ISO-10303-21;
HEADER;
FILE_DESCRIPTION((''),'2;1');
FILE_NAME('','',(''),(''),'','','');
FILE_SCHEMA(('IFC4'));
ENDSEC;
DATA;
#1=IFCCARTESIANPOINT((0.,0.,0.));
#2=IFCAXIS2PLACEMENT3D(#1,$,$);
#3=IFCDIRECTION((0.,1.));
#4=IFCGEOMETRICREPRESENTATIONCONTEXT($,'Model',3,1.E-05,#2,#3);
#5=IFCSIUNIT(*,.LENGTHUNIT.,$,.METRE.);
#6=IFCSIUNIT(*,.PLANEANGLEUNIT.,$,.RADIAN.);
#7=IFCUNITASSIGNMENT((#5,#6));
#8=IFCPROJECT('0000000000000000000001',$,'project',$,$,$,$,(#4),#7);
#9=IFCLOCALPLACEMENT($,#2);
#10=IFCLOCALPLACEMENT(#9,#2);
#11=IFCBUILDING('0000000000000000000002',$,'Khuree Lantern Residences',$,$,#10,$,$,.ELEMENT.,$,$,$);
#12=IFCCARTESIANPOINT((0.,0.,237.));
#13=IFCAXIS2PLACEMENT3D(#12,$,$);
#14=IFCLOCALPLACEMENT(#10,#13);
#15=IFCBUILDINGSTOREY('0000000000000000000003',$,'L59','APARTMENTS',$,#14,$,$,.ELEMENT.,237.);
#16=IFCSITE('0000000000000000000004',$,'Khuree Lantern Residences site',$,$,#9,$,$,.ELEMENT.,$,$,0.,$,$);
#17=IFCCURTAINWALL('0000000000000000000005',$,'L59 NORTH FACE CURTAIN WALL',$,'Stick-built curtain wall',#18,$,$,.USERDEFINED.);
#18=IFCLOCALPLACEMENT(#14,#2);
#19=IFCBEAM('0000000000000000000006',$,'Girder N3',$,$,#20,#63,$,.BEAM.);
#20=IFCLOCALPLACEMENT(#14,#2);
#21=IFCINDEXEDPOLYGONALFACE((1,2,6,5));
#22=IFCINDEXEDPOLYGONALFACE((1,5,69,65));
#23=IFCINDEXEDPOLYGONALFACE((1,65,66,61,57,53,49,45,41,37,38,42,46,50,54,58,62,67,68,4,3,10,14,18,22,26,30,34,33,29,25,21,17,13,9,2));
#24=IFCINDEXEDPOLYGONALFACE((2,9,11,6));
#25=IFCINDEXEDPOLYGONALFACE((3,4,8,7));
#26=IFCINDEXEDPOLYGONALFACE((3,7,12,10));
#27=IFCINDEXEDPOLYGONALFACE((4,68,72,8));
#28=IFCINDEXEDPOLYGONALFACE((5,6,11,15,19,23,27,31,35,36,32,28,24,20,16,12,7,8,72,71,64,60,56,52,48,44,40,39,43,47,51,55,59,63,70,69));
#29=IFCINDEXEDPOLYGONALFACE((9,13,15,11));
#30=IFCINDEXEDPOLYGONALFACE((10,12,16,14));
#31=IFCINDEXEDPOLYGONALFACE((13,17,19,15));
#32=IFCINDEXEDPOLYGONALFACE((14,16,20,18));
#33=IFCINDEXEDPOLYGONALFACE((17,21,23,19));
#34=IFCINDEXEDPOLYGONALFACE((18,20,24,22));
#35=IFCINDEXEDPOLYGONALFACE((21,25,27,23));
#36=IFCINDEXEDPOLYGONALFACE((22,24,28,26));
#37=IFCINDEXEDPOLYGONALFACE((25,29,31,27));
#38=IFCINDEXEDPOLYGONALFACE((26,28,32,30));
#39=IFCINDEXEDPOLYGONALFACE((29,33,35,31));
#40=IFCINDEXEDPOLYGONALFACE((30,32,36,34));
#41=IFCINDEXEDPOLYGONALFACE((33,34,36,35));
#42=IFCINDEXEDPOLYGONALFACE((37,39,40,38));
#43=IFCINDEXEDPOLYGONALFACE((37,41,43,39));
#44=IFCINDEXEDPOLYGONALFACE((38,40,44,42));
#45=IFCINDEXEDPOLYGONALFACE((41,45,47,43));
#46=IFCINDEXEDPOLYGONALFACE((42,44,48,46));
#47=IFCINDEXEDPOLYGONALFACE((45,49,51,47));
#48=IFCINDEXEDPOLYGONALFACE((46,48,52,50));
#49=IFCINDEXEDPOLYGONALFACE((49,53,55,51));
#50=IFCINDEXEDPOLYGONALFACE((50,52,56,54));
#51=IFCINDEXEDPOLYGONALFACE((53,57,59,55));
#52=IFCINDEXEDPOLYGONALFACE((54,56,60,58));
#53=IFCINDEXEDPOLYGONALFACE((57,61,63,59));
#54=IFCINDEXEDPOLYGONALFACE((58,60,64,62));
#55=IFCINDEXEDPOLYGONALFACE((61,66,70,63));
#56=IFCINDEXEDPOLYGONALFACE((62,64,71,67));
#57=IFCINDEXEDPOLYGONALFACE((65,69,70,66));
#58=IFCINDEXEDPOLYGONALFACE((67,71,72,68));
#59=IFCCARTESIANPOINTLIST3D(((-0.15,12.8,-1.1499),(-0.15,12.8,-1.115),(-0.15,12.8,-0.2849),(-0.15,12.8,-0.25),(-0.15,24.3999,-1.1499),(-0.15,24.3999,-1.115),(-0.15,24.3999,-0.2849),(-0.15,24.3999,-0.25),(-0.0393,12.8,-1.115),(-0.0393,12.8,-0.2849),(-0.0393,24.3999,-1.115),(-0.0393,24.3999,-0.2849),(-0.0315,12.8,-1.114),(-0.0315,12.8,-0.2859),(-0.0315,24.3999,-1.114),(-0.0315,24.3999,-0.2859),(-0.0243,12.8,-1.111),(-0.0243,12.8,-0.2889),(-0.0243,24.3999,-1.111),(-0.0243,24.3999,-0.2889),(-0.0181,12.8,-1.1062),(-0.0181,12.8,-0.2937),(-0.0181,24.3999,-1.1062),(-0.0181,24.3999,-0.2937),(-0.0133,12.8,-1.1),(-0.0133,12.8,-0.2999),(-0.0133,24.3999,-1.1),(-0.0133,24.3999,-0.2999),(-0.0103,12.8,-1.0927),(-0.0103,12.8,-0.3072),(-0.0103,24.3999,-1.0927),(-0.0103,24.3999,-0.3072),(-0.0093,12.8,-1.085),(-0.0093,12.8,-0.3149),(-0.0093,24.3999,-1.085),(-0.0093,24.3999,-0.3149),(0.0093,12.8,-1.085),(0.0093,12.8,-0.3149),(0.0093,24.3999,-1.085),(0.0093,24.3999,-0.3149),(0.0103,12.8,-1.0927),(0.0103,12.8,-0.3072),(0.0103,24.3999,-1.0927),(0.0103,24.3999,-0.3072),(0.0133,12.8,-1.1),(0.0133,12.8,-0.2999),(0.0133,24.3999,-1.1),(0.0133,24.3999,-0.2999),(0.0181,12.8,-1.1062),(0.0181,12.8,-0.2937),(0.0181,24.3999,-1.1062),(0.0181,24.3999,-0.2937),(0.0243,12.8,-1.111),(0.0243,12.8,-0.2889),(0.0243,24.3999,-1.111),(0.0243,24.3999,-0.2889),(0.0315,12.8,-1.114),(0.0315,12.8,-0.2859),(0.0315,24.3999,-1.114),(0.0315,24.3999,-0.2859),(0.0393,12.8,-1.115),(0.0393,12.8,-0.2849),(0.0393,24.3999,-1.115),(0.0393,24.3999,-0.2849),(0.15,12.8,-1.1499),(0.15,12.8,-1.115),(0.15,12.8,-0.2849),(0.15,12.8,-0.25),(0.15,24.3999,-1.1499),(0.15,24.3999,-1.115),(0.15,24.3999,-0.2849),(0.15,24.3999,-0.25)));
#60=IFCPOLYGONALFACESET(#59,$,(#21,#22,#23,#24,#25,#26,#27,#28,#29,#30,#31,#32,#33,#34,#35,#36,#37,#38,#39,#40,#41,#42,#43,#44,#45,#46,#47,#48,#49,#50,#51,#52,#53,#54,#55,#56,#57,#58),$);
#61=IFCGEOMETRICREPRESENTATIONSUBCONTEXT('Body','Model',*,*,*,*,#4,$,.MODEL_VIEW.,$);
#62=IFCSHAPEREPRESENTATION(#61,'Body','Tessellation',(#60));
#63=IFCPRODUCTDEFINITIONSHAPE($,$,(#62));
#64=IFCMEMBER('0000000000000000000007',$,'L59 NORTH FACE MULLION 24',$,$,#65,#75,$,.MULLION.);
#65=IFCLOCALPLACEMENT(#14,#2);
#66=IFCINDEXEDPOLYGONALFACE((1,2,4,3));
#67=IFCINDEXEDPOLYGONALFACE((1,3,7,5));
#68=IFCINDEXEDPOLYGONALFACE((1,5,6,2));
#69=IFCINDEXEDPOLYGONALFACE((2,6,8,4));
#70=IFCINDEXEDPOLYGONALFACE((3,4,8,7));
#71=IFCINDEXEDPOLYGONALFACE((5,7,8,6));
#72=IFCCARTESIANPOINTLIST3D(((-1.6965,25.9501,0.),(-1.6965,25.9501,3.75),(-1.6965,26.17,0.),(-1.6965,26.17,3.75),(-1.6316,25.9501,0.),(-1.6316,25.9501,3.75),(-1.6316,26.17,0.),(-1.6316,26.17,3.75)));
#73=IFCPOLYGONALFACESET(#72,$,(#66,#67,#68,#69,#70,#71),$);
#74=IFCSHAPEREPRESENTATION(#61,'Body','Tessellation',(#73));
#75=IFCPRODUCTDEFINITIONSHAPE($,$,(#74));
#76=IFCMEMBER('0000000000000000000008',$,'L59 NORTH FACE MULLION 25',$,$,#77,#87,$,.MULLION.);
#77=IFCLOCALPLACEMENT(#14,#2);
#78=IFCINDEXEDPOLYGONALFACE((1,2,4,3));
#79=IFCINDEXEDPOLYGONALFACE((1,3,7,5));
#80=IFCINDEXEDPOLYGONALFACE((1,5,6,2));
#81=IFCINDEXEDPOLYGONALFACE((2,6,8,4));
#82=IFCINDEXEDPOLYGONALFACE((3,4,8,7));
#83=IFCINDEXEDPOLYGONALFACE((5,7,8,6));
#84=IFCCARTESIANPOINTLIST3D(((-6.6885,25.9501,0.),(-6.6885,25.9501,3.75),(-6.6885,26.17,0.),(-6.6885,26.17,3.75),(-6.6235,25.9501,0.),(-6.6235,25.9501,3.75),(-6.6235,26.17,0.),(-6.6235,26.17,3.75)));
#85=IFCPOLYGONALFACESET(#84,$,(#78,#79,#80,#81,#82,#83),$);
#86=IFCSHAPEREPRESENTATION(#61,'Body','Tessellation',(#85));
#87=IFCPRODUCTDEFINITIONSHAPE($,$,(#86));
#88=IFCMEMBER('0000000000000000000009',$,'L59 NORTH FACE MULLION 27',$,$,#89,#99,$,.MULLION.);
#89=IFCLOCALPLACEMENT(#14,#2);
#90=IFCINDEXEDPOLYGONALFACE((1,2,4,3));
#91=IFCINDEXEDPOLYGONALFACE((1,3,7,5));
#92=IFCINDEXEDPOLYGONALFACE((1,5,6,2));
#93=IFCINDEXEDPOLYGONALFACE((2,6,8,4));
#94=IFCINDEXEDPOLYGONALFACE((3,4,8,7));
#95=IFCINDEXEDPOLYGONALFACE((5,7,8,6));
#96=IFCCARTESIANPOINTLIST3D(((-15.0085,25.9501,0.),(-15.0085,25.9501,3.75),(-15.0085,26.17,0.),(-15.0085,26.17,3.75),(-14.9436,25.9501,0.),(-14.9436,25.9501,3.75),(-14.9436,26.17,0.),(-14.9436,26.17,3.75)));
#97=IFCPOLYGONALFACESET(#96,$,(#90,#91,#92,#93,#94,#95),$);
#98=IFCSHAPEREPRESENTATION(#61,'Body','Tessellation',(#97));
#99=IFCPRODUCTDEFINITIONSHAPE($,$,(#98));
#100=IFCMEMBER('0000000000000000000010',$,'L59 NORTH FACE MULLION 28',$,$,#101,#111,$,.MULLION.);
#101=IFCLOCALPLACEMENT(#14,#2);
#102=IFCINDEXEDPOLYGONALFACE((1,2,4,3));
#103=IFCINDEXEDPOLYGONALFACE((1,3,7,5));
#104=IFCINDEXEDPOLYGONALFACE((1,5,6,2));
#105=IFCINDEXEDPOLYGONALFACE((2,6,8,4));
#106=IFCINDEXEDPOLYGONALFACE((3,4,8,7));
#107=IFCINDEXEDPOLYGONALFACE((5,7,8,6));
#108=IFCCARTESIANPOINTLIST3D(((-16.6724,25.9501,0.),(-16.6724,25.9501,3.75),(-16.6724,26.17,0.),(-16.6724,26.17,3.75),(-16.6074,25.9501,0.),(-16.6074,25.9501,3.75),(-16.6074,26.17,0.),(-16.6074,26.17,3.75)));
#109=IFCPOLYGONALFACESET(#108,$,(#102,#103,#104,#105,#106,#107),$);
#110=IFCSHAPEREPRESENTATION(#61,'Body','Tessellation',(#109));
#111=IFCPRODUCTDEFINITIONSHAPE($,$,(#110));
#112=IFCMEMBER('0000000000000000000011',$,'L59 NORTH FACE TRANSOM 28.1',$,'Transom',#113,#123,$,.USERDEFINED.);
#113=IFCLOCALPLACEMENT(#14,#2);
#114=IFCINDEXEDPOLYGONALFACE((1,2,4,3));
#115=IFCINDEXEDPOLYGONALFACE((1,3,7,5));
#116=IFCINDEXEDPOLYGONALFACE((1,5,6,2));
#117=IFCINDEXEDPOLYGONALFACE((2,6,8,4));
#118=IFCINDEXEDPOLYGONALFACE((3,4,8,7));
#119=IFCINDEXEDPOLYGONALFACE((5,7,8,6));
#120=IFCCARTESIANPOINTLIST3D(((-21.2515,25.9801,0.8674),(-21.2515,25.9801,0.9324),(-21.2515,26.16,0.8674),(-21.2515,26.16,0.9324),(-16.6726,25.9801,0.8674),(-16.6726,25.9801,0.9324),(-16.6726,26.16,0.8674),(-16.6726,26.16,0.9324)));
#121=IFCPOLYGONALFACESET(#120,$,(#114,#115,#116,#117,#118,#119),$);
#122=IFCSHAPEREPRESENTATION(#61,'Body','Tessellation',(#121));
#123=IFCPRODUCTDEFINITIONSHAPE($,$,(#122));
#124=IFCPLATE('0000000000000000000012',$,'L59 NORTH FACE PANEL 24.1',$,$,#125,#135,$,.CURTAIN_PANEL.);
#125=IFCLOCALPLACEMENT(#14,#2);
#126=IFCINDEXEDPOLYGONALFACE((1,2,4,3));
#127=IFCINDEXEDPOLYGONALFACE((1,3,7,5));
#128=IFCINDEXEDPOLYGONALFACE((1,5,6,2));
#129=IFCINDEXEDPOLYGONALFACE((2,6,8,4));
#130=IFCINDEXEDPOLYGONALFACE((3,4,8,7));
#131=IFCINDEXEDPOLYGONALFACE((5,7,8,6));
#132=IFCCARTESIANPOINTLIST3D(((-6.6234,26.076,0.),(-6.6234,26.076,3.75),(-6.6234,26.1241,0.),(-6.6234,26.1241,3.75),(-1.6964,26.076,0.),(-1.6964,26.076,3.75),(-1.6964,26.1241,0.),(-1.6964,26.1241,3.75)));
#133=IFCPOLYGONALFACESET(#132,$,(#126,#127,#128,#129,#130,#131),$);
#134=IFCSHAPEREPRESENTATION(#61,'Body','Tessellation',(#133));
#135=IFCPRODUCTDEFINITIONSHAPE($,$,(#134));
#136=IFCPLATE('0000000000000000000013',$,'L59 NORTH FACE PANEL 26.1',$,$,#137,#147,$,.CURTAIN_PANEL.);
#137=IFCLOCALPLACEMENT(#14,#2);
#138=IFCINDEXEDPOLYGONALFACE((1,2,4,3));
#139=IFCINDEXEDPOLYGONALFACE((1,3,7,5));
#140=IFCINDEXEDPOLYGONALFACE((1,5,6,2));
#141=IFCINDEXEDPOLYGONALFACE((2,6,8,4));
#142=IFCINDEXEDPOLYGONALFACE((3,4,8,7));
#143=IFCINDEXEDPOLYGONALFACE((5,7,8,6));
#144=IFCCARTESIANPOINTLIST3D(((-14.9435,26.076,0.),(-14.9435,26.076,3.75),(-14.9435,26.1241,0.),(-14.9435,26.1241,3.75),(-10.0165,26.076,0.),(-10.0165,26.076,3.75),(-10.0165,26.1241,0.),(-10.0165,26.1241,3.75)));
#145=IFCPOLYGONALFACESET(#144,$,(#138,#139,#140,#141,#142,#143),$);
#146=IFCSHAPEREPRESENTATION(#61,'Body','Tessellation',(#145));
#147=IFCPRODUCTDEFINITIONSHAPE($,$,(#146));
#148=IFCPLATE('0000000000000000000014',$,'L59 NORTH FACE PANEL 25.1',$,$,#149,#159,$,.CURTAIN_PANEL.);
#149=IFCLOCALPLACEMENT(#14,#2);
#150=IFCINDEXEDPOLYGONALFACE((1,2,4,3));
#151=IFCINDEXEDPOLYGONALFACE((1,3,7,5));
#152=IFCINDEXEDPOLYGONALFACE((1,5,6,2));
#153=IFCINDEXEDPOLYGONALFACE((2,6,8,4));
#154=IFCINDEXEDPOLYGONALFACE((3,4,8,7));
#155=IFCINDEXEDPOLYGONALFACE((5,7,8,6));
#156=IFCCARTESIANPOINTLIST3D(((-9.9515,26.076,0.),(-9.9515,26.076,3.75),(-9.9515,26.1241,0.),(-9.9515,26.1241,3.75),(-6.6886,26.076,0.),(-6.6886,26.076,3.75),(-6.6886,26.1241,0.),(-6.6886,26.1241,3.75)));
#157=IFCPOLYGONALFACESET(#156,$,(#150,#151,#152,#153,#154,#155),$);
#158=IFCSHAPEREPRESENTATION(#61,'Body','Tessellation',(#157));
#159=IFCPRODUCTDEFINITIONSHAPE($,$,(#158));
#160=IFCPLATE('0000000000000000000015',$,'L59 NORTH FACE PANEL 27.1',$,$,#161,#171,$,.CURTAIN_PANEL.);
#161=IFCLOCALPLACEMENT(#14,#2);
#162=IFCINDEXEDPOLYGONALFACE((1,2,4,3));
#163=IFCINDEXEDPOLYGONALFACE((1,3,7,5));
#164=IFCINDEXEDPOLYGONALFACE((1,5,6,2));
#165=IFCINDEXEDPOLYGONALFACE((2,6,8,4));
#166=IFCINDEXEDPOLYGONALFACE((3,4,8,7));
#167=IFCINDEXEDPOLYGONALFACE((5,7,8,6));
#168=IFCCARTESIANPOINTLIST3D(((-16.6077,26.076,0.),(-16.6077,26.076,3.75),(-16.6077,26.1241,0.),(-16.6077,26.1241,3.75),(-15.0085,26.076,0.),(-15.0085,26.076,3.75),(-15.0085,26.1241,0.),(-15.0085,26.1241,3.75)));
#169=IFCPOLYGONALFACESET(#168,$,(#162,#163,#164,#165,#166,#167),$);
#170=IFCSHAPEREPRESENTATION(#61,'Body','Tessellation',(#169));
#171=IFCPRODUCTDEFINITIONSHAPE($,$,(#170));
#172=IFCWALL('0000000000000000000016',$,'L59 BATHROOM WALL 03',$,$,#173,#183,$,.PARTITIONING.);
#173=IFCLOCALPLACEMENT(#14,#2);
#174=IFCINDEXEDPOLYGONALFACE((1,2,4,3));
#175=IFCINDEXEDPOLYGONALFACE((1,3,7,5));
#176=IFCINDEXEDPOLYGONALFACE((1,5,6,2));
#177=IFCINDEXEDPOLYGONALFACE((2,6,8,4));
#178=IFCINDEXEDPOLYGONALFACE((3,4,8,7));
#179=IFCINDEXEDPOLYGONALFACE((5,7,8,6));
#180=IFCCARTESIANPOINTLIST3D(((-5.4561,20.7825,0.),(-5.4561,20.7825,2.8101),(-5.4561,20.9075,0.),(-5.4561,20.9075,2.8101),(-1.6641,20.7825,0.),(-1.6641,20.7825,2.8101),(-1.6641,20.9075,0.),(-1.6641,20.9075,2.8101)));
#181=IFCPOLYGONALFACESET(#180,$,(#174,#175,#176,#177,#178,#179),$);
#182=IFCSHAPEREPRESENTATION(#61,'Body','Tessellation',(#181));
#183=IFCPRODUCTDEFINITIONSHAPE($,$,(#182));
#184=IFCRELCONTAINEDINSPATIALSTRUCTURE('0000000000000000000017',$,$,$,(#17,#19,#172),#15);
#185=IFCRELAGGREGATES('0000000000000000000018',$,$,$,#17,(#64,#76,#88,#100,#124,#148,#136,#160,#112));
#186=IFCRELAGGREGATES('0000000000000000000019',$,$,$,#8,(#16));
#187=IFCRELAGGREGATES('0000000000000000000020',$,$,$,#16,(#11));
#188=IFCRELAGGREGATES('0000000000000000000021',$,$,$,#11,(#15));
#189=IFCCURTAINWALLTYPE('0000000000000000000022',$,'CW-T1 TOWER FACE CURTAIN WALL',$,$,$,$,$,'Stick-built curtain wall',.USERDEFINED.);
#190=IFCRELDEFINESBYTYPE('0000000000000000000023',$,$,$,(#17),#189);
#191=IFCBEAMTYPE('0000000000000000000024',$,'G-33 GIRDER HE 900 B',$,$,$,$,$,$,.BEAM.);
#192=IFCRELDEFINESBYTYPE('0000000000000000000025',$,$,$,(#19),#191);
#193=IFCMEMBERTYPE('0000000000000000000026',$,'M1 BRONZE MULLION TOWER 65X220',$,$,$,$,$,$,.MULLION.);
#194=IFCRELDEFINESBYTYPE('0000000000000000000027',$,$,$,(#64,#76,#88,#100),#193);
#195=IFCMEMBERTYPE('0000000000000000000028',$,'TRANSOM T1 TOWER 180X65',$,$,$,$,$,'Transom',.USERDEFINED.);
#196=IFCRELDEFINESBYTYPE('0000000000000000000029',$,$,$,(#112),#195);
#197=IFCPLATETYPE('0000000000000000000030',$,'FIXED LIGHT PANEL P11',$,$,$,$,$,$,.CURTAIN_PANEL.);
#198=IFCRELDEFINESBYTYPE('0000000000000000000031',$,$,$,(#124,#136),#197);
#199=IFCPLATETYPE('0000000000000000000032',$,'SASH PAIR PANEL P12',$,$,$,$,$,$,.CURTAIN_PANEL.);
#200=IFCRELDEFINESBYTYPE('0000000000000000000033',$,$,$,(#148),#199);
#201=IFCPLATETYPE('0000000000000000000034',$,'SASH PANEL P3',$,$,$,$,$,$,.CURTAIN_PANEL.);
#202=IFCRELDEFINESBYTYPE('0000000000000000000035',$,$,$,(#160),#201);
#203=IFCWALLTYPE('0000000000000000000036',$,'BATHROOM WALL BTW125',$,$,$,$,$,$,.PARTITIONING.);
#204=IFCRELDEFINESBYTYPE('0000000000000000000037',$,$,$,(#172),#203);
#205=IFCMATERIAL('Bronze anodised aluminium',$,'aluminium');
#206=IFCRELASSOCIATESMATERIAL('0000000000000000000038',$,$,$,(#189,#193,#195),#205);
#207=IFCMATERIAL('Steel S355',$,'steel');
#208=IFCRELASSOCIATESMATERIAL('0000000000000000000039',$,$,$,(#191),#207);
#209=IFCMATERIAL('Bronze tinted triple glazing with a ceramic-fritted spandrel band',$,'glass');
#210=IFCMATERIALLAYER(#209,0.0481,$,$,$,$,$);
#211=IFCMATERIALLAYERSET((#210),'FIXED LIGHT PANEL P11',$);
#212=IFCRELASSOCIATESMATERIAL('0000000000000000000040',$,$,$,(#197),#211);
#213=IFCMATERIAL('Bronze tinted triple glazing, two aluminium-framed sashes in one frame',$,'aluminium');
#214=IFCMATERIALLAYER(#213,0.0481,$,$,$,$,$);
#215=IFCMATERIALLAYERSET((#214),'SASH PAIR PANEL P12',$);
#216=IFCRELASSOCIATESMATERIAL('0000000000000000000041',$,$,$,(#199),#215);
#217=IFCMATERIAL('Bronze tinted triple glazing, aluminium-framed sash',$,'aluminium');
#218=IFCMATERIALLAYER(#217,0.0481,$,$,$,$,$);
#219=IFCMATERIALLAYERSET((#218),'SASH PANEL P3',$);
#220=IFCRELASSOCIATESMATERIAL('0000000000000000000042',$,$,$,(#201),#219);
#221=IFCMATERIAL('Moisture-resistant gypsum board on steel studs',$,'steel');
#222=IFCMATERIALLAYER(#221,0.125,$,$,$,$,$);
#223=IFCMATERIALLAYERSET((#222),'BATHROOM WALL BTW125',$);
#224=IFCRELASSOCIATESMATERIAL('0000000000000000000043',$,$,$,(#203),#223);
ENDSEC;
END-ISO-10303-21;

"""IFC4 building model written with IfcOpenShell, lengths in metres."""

from ifc_helpers import new_model, si_unit, direction, frame, frame_2d, origin, origin_2d, place, context, subcontext, project, spatial, rectangle, i_section, extrude, material, layer, layer_set, material_profile, profile_set, type_object, element, aggregate, save


model = new_model("IFC4")

# Units and contexts
model_context = context("Model", 3, precision=1e-05, world=origin(), true_north=direction((0.0, 1.0)))
body_context = subcontext(model_context, "Body", "Model", "MODEL_VIEW")
ifc_project = project(units=[si_unit("LENGTHUNIT", "METRE"), si_unit("PLANEANGLEUNIT", "RADIAN")], contexts=[model_context])

# Site, building, storey
site_placement = place(None, origin())
site = spatial("IfcSite", under=ifc_project, at=site_placement, Name="Khuree Lantern Residences site", CompositionType="ELEMENT", RefElevation=0.0)
building_placement = place(site_placement, origin())
building = spatial("IfcBuilding", under=site, at=building_placement, Name="Khuree Lantern Residences", CompositionType="ELEMENT")
storey_placement = place(building_placement, frame((0.0, 0.0, 237.0)))
storey = spatial("IfcBuildingStorey", under=building, at=storey_placement, Name="L59", Description="APARTMENTS", CompositionType="ELEMENT", Elevation=237.0)

# Shared definitions
ifc_material_1 = material(Name="Steel S355", Category="steel")

# Curtain wall
ifc_material_2 = material(Name="Bronze anodised aluminium", Category="aluminium")
curtain_wall_type = type_object("IfcCurtainWallType", Name="CW-T1 TOWER FACE CURTAIN WALL", ElementType="Stick-built curtain wall", PredefinedType="USERDEFINED", material=ifc_material_2)
curtain_wall_placement = place(storey_placement, origin())
curtain_wall = element("IfcCurtainWall", 1, at=curtain_wall_placement, inside=storey, type_object=curtain_wall_type, Name="L59 NORTH FACE CURTAIN WALL", ObjectType="Stick-built curtain wall", PredefinedType="USERDEFINED")

# Beam
ifc_material_profile_1 = material_profile(ifc_material_1, i_section(OverallWidth=0.3, OverallDepth=0.8999, WebThickness=0.0186, FlangeThickness=0.0349, FilletRadius=0.03, at=origin_2d()), Name="HE 900 B")
ifc_profile_set_1 = profile_set([ifc_material_profile_1], Name="Steel S355")
beam_type_1 = type_object("IfcBeamType", Name="G-33 GIRDER HE 900 B", PredefinedType="BEAM", material=ifc_profile_set_1)
for number, where, z_axis, x_axis, name in (
    (2, (0.0, 24.3999, -0.7), (0.0, -1.0, 0.0), (1.0, 0.0, 0.0), "Girder N3"),
):
    element("IfcBeam", number, at=place(storey_placement, frame(where, z_axis=z_axis, x_axis=x_axis)), inside=storey, type_object=beam_type_1, Name=name, PredefinedType="BEAM", context=body_context, shape_type="SweptSolid", body=[
        extrude(i_section(OverallWidth=0.3, OverallDepth=0.8999, WebThickness=0.0186, FlangeThickness=0.0349, FilletRadius=0.03, at=origin_2d()), origin(), (0.0, 0.0, 1.0), 11.5999),
    ])

# Members
ifc_material_profile_2 = material_profile(ifc_material_2, rectangle(XDim=0.0649, YDim=0.22, at=origin_2d()), Name="M1 65X220")
ifc_profile_set_2 = profile_set([ifc_material_profile_2], Name="Bronze anodised aluminium")
member_type_1 = type_object("IfcMemberType", Name="M1 BRONZE MULLION TOWER 65X220", PredefinedType="MULLION", material=ifc_profile_set_2)
member_1_placement = place(storey_placement, frame((-1.6641, 26.0601, 0.0), z_axis=(0.0, 0.0, 1.0), x_axis=(-1.0, 0.0, 0.0)))
member_1 = element("IfcMember", 3, at=member_1_placement, type_object=member_type_1, Name="L59 NORTH FACE MULLION 24", PredefinedType="MULLION", context=body_context, shape_type="SweptSolid", body=[
    extrude(rectangle(XDim=0.0649, YDim=0.22, at=origin_2d()), origin(), (0.0, 0.0, 1.0), 3.75),
])
member_2_placement = place(storey_placement, frame((-6.656, 26.0601, 0.0), z_axis=(0.0, 0.0, 1.0), x_axis=(-1.0, 0.0, 0.0)))
member_2 = element("IfcMember", 4, at=member_2_placement, type_object=member_type_1, Name="L59 NORTH FACE MULLION 25", PredefinedType="MULLION", context=body_context, shape_type="SweptSolid", body=[
    extrude(rectangle(XDim=0.0649, YDim=0.22, at=origin_2d()), origin(), (0.0, 0.0, 1.0), 3.75),
])
member_3_placement = place(storey_placement, frame((-14.9761, 26.0601, 0.0), z_axis=(0.0, 0.0, 1.0), x_axis=(-1.0, 0.0, 0.0)))
member_3 = element("IfcMember", 5, at=member_3_placement, type_object=member_type_1, Name="L59 NORTH FACE MULLION 27", PredefinedType="MULLION", context=body_context, shape_type="SweptSolid", body=[
    extrude(rectangle(XDim=0.0649, YDim=0.22, at=origin_2d()), origin(), (0.0, 0.0, 1.0), 3.75),
])
member_4_placement = place(storey_placement, frame((-16.6399, 26.0601, 0.0), z_axis=(0.0, 0.0, 1.0), x_axis=(-1.0, 0.0, 0.0)))
member_4 = element("IfcMember", 6, at=member_4_placement, type_object=member_type_1, Name="L59 NORTH FACE MULLION 28", PredefinedType="MULLION", context=body_context, shape_type="SweptSolid", body=[
    extrude(rectangle(XDim=0.0649, YDim=0.22, at=origin_2d()), origin(), (0.0, 0.0, 1.0), 3.75),
])
ifc_material_profile_3 = material_profile(ifc_material_2, rectangle(XDim=0.1799, YDim=0.0649, at=origin_2d()), Name="T1 180X65")
ifc_profile_set_3 = profile_set([ifc_material_profile_3], Name="Bronze anodised aluminium")
member_type_2 = type_object("IfcMemberType", Name="TRANSOM T1 TOWER 180X65", ElementType="Transom", PredefinedType="USERDEFINED", material=ifc_profile_set_3)
member_5_placement = place(storey_placement, frame((-16.6726, 26.0701, 0.8999), z_axis=(-1.0, 0.0, 0.0), x_axis=(0.0, -1.0, 0.0)))
member_5 = element("IfcMember", 7, at=member_5_placement, type_object=member_type_2, Name="L59 NORTH FACE TRANSOM 28.1", ObjectType="Transom", PredefinedType="USERDEFINED", context=body_context, shape_type="SweptSolid", body=[
    extrude(rectangle(XDim=0.1799, YDim=0.0649, at=origin_2d()), origin(), (0.0, 0.0, 1.0), 4.5789),
])

# Plates
ifc_material_3 = material(Name="Bronze tinted triple glazing with a ceramic-fritted spandrel band", Category="glass")
ifc_layer_1 = layer(ifc_material_3, 0.0481)
ifc_layer_set_1 = layer_set([ifc_layer_1], Name="FIXED LIGHT PANEL P11")
plate_type_1 = type_object("IfcPlateType", Name="FIXED LIGHT PANEL P11", PredefinedType="CURTAIN_PANEL", material=ifc_layer_set_1)
plate_1_placement = place(storey_placement, frame((-4.1599, 26.1001, 0.0), z_axis=(0.0, 0.0, 1.0), x_axis=(-1.0, 0.0, 0.0)))
plate_1 = element("IfcPlate", 8, at=plate_1_placement, type_object=plate_type_1, Name="L59 NORTH FACE PANEL 24.1", PredefinedType="CURTAIN_PANEL", context=body_context, shape_type="SweptSolid", body=[
    extrude(rectangle(XDim=4.927, YDim=0.0481, at=origin_2d()), origin(), (0.0, 0.0, 1.0), 3.75),
])
plate_2_placement = place(storey_placement, frame((-12.48, 26.1001, 0.0), z_axis=(0.0, 0.0, 1.0), x_axis=(-1.0, 0.0, 0.0)))
plate_2 = element("IfcPlate", 9, at=plate_2_placement, type_object=plate_type_1, Name="L59 NORTH FACE PANEL 26.1", PredefinedType="CURTAIN_PANEL", context=body_context, shape_type="SweptSolid", body=[
    extrude(rectangle(XDim=4.927, YDim=0.0481, at=origin_2d()), origin(), (0.0, 0.0, 1.0), 3.75),
])
ifc_material_4 = material(Name="Bronze tinted triple glazing, two aluminium-framed sashes in one frame", Category="aluminium")
ifc_layer_2 = layer(ifc_material_4, 0.0481)
ifc_layer_set_2 = layer_set([ifc_layer_2], Name="SASH PAIR PANEL P12")
plate_type_2 = type_object("IfcPlateType", Name="SASH PAIR PANEL P12", PredefinedType="CURTAIN_PANEL", material=ifc_layer_set_2)
plate_3_placement = place(storey_placement, frame((-8.3201, 26.1001, 0.0), z_axis=(0.0, 0.0, 1.0), x_axis=(-1.0, 0.0, 0.0)))
plate_3 = element("IfcPlate", 10, at=plate_3_placement, type_object=plate_type_2, Name="L59 NORTH FACE PANEL 25.1", PredefinedType="CURTAIN_PANEL", context=body_context, shape_type="SweptSolid", body=[
    extrude(rectangle(XDim=3.2629, YDim=0.0481, at=origin_2d()), origin(), (0.0, 0.0, 1.0), 3.75),
])
ifc_material_5 = material(Name="Bronze tinted triple glazing, aluminium-framed sash", Category="aluminium")
ifc_layer_3 = layer(ifc_material_5, 0.0481)
ifc_layer_set_3 = layer_set([ifc_layer_3], Name="SASH PANEL P3")
plate_type_3 = type_object("IfcPlateType", Name="SASH PANEL P3", PredefinedType="CURTAIN_PANEL", material=ifc_layer_set_3)
plate_4_placement = place(storey_placement, frame((-15.8081, 26.1001, 0.0), z_axis=(0.0, 0.0, 1.0), x_axis=(-1.0, 0.0, 0.0)))
plate_4 = element("IfcPlate", 11, at=plate_4_placement, type_object=plate_type_3, Name="L59 NORTH FACE PANEL 27.1", PredefinedType="CURTAIN_PANEL", context=body_context, shape_type="SweptSolid", body=[
    extrude(rectangle(XDim=1.5991, YDim=0.0481, at=origin_2d()), origin(), (0.0, 0.0, 1.0), 3.75),
])
aggregate(curtain_wall, [member_1, member_2, member_3, member_4, plate_1, plate_3, plate_2, plate_4, member_5])

# Wall
ifc_material_6 = material(Name="Moisture-resistant gypsum board on steel studs", Category="steel")
ifc_layer_4 = layer(ifc_material_6, 0.125)
ifc_layer_set_4 = layer_set([ifc_layer_4], Name="BATHROOM WALL BTW125")
wall_type_1 = type_object("IfcWallType", Name="BATHROOM WALL BTW125", PredefinedType="PARTITIONING", material=ifc_layer_set_4)
wall_1_placement = place(storey_placement, frame((-1.6641, 20.845, 0.0), z_axis=(0.0, 0.0, 1.0), x_axis=(-1.0, 0.0, 0.0)))
element("IfcWall", 12, at=wall_1_placement, inside=storey, type_object=wall_type_1, Name="L59 BATHROOM WALL 03", PredefinedType="PARTITIONING", context=body_context, shape_type="SweptSolid", body=[
    extrude(rectangle(XDim=3.792, YDim=0.125, at=frame_2d((1.896, 0.0))), origin(), (0.0, 0.0, 1.0), 2.8101),
])

save(model, "model.ifc")
